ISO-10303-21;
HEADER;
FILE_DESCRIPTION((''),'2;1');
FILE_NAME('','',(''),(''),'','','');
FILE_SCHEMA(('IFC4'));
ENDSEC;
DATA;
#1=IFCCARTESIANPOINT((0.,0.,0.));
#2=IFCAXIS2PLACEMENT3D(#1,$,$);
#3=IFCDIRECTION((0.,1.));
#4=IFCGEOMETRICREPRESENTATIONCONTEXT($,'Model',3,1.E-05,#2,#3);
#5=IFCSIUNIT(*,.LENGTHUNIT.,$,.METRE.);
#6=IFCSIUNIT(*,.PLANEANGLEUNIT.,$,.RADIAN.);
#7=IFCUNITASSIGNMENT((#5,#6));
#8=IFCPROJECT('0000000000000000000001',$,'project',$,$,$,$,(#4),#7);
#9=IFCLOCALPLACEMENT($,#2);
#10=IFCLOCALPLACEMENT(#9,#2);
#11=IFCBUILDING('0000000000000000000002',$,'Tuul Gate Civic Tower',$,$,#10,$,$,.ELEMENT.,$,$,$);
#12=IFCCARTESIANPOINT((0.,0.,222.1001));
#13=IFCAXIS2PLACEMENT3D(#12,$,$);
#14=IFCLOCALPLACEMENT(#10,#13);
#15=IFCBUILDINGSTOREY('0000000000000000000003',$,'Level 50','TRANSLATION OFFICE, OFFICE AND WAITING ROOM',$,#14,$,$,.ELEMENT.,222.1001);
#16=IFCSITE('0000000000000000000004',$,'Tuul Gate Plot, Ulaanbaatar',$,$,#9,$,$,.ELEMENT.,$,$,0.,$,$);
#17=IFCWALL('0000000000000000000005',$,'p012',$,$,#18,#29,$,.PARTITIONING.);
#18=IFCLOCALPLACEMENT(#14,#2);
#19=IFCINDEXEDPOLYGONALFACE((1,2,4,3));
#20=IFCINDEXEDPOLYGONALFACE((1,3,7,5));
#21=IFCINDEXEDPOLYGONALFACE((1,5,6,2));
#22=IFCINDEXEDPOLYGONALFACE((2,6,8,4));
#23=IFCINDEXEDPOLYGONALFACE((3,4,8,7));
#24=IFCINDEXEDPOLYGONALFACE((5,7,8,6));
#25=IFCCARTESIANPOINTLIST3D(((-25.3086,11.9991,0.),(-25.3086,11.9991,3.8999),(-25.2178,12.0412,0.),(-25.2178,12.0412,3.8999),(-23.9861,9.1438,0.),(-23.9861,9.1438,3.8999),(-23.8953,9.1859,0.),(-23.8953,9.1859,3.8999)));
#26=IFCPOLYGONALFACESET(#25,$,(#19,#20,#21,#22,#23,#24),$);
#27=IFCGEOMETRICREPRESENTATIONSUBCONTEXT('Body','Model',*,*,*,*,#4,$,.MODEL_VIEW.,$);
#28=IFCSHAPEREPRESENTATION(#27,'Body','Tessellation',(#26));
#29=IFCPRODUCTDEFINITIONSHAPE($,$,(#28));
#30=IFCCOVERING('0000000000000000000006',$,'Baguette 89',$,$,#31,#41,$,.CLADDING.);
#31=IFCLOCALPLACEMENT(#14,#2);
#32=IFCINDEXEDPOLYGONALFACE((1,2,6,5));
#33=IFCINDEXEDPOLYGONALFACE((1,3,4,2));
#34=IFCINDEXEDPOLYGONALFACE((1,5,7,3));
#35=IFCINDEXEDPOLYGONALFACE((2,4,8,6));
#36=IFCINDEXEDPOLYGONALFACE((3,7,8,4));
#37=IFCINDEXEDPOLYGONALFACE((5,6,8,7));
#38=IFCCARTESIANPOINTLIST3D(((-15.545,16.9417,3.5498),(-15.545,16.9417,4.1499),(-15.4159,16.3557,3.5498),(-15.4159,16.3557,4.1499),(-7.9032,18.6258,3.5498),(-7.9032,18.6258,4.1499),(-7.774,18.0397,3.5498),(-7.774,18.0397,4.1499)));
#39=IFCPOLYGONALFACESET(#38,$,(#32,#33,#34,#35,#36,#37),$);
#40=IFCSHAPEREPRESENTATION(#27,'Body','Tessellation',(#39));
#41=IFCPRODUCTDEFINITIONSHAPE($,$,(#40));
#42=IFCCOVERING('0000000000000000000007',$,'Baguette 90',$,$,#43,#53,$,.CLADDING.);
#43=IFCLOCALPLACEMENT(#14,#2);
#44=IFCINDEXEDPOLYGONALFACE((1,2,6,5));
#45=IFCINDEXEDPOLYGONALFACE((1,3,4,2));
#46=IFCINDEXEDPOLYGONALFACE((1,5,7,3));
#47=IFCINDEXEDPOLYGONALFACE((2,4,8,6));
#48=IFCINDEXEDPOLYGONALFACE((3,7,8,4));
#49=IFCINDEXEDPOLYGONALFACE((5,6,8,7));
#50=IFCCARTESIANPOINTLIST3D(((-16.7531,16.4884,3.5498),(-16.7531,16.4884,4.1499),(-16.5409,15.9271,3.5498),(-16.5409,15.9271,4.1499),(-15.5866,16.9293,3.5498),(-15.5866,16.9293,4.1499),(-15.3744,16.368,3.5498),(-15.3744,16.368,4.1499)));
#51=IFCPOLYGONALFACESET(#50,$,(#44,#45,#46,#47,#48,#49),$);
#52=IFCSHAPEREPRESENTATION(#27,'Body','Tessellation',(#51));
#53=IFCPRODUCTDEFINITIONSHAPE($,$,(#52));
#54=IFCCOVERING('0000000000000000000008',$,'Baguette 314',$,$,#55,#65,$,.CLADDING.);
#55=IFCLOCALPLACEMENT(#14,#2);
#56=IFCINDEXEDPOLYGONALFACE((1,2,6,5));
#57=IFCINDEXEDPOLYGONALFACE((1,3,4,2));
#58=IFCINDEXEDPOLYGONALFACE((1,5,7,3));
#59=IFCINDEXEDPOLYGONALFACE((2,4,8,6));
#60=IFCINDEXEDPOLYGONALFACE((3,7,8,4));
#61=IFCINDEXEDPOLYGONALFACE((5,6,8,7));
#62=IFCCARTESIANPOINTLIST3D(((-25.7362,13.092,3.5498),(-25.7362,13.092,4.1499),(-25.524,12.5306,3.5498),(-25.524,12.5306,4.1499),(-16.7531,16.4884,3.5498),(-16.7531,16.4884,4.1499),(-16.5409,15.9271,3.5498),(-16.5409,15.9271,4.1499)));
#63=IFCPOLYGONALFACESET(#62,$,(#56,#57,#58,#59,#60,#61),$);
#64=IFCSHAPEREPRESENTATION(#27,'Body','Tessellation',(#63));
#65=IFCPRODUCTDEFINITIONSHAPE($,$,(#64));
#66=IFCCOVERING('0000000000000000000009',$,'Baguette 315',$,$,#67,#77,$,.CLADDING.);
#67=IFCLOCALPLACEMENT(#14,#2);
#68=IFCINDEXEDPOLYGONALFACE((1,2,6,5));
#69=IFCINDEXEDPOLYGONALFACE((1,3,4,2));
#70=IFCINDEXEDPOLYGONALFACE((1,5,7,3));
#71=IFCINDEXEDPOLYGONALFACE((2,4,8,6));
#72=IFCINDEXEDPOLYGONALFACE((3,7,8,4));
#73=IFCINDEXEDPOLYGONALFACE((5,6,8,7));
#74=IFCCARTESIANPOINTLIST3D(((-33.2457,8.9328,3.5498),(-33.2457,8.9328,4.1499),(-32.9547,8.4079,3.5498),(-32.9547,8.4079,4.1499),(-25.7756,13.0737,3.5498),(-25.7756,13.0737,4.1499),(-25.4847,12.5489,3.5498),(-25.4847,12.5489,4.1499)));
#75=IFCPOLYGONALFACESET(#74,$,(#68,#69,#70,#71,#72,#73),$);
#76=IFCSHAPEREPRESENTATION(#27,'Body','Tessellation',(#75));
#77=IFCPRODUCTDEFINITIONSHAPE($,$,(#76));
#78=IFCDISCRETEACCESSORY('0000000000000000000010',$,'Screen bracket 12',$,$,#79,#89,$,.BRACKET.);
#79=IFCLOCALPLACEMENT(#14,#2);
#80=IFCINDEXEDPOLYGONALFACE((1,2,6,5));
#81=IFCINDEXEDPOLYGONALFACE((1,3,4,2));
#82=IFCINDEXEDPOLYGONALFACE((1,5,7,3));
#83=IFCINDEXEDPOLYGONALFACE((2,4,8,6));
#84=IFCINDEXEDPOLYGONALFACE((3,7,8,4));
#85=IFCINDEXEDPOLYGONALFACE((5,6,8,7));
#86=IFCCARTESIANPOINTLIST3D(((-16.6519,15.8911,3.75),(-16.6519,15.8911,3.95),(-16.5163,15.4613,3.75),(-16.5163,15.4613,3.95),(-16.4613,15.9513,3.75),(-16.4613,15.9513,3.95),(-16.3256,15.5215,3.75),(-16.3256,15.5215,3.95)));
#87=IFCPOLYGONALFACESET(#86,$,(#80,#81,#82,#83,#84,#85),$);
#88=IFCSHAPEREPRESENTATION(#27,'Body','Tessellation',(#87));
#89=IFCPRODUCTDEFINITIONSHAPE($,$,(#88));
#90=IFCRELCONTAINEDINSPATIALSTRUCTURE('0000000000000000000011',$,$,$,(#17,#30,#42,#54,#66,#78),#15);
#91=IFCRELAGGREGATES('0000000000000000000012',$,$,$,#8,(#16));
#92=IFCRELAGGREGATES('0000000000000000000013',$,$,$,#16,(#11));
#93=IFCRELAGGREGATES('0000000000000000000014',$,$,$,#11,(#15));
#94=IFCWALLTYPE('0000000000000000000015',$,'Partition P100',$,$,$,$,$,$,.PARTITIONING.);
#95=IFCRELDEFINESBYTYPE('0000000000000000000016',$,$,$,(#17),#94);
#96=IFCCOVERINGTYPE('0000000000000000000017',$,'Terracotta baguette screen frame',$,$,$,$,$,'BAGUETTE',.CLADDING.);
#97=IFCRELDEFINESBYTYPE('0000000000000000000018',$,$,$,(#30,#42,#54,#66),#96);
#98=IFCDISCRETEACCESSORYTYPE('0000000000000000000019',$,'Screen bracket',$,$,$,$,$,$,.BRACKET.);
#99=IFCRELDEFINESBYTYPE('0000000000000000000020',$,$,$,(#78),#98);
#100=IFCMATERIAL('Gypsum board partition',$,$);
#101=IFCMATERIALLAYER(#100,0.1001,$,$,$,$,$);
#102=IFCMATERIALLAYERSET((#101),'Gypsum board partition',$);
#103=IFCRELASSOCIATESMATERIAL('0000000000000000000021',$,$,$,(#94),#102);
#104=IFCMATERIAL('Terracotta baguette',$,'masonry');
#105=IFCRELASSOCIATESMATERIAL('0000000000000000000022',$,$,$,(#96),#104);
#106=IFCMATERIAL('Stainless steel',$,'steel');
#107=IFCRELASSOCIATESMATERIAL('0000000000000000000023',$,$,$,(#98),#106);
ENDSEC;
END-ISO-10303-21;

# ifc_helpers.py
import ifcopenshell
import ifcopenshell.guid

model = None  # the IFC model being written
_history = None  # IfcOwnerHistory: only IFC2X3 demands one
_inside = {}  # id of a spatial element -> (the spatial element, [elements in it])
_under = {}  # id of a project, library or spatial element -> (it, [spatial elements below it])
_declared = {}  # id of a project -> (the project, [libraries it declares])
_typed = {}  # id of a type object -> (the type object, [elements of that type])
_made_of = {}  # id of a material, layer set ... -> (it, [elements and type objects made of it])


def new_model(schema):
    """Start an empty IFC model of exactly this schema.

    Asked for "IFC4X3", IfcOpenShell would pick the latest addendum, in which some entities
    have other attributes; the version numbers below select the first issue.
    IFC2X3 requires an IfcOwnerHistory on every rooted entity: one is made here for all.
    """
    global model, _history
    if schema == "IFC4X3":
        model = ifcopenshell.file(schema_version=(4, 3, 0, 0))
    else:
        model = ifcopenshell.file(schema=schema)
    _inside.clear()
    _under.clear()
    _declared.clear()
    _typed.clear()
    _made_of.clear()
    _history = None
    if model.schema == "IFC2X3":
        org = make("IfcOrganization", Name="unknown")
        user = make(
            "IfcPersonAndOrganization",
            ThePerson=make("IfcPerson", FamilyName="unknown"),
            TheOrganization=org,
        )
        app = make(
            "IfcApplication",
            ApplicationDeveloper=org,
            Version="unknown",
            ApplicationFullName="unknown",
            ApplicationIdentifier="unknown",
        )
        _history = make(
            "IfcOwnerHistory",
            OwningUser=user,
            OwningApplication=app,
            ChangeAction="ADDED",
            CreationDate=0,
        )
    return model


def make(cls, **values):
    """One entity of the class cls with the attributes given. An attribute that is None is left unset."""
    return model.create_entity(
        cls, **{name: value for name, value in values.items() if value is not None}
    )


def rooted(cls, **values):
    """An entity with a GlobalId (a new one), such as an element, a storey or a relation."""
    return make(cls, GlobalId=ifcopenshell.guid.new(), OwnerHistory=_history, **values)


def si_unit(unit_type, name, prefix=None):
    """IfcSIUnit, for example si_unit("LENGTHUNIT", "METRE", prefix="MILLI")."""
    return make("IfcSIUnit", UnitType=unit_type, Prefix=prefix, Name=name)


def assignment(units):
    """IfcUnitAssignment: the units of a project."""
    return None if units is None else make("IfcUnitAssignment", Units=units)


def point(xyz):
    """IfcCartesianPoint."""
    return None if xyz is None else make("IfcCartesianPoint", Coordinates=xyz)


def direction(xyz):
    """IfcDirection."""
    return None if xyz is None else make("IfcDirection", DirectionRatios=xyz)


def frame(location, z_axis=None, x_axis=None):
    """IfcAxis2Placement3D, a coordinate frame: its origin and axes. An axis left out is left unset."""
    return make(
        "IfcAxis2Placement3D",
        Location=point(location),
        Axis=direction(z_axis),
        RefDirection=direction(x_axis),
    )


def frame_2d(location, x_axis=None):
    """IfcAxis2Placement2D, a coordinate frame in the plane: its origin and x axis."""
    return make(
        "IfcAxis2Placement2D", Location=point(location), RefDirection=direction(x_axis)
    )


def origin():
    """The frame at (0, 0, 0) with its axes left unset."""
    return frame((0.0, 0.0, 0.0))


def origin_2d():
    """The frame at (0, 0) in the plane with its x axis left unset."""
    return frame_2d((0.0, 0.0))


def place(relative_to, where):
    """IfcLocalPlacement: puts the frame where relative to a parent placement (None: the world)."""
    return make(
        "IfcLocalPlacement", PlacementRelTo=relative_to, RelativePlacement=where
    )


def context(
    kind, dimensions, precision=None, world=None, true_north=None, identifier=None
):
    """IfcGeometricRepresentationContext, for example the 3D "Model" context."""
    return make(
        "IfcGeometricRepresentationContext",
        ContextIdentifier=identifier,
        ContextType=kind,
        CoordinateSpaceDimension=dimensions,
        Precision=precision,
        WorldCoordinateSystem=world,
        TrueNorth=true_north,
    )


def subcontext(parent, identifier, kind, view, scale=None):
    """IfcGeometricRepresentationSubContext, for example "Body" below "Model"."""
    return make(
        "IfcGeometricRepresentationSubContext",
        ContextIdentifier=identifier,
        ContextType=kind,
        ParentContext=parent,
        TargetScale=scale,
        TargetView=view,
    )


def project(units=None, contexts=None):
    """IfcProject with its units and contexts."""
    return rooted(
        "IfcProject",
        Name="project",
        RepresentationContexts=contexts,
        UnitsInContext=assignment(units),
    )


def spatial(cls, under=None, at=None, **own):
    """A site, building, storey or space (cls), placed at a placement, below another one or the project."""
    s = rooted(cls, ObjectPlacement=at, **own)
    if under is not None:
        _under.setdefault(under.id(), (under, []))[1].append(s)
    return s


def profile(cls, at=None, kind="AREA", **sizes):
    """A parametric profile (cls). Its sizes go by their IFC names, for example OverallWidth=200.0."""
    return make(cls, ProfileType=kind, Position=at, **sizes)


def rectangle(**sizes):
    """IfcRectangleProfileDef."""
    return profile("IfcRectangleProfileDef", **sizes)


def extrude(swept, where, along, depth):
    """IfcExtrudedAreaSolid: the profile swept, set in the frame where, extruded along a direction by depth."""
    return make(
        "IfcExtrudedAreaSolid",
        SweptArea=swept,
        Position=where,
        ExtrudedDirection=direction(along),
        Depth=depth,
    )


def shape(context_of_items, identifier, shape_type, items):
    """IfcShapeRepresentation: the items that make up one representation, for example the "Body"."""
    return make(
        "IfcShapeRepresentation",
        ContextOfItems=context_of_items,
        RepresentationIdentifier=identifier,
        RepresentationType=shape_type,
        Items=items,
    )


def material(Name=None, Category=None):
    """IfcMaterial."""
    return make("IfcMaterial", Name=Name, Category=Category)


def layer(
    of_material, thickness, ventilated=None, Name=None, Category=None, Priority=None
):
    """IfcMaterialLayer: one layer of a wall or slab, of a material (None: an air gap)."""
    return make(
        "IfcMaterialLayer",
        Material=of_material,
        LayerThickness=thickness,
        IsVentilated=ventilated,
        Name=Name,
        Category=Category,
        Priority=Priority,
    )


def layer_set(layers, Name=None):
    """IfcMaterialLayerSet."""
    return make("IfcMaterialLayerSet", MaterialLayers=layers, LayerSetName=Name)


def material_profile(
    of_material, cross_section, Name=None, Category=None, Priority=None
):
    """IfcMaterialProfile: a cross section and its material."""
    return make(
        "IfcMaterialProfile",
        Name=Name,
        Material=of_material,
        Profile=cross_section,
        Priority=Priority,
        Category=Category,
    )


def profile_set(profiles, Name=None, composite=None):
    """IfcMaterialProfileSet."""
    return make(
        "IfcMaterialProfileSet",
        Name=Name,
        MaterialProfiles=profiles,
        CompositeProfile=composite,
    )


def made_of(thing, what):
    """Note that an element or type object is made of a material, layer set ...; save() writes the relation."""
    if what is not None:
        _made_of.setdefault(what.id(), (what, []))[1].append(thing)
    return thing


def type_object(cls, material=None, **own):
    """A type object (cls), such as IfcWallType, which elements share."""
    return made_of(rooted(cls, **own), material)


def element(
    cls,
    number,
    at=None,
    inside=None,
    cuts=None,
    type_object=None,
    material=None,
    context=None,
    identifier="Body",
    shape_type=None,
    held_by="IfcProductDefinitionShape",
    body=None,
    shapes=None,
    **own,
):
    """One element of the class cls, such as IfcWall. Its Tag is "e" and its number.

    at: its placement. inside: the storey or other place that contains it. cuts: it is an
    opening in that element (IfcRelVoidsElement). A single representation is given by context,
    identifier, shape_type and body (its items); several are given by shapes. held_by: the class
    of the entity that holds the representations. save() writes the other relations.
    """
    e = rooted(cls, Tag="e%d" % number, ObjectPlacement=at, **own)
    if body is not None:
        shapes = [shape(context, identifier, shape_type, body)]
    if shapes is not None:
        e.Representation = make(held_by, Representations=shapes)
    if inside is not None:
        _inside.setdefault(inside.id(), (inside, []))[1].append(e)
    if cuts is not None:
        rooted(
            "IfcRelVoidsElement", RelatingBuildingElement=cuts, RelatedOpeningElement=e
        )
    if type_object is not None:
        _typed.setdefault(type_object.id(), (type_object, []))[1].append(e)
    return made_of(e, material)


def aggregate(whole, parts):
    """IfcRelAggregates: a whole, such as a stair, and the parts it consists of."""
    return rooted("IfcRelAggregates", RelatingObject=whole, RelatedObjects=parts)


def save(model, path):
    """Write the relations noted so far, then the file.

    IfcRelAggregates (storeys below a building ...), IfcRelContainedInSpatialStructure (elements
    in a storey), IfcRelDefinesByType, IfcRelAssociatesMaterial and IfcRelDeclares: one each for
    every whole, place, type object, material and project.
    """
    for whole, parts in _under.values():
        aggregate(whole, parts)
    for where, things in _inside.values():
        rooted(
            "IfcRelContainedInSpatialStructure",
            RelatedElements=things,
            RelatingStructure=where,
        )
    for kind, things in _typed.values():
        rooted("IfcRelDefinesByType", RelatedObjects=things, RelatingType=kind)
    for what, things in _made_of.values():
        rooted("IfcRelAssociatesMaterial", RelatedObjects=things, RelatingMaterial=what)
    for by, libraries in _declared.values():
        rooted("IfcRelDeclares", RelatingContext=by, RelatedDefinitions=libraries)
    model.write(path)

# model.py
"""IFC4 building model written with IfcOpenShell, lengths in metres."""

from ifc_helpers import new_model, si_unit, direction, frame, frame_2d, origin, origin_2d, place, context, subcontext, project, spatial, rectangle, extrude, material, layer, layer_set, material_profile, profile_set, type_object, element, save


model = new_model("IFC4")

# Units and contexts
model_context = context("Model", 3, precision=1e-05, world=origin(), true_north=direction((0.0, 1.0)))
body_context = subcontext(model_context, "Body", "Model", "MODEL_VIEW")
ifc_project = project(units=[si_unit("LENGTHUNIT", "METRE"), si_unit("PLANEANGLEUNIT", "RADIAN")], contexts=[model_context])

# Site, building, storey
site_placement = place(None, origin())
site = spatial("IfcSite", under=ifc_project, at=site_placement, Name="Tuul Gate Plot, Ulaanbaatar", CompositionType="ELEMENT", RefElevation=0.0)
building_placement = place(site_placement, origin())
building = spatial("IfcBuilding", under=site, at=building_placement, Name="Tuul Gate Civic Tower", CompositionType="ELEMENT")
storey_placement = place(building_placement, frame((0.0, 0.0, 222.1001)))
storey = spatial("IfcBuildingStorey", under=building, at=storey_placement, Name="Level 50", Description="TRANSLATION OFFICE, OFFICE AND WAITING ROOM", CompositionType="ELEMENT", Elevation=222.1001)

# Wall
ifc_material_1 = material(Name="Gypsum board partition")
ifc_layer_1 = layer(ifc_material_1, 0.1001)
ifc_layer_set_1 = layer_set([ifc_layer_1], Name="Gypsum board partition")
wall_type_1 = type_object("IfcWallType", Name="Partition P100", PredefinedType="PARTITIONING", material=ifc_layer_set_1)
wall_1_placement = place(storey_placement, frame((-25.2632, 12.02, 0.0), z_axis=(0.0, 0.0, 1.0), x_axis=(0.420293, -0.907389, 0.0)))
element("IfcWall", 1, at=wall_1_placement, inside=storey, type_object=wall_type_1, Name="p012", PredefinedType="PARTITIONING", context=body_context, shape_type="SweptSolid", body=[
    extrude(rectangle(XDim=3.1467, YDim=0.1001, at=frame_2d((1.5732, 0.0))), origin(), (0.0, 0.0, 1.0), 3.8999),
])

# Coverings
ifc_material_2 = material(Name="Terracotta baguette", Category="masonry")
ifc_material_profile_1 = material_profile(ifc_material_2, rectangle(XDim=0.6001, YDim=0.6001, at=origin_2d()), Name="Terracotta baguette screen frame")
ifc_profile_set_1 = profile_set([ifc_material_profile_1], Name="Terracotta baguette")
covering_type = type_object("IfcCoveringType", Name="Terracotta baguette screen frame", ElementType="BAGUETTE", PredefinedType="CLADDING", material=ifc_profile_set_1)
covering_1_placement = place(storey_placement, frame((-7.8386, 18.3328, 3.8499), z_axis=(-0.976567, -0.215212, 0.0), x_axis=(0.215212, -0.976567, 0.0)))
element("IfcCovering", 2, at=covering_1_placement, inside=storey, type_object=covering_type, Name="Baguette 89", PredefinedType="CLADDING", context=body_context, shape_type="SweptSolid", body=[
    extrude(rectangle(XDim=0.6001, YDim=0.6001, at=origin_2d()), origin(), (0.0, 0.0, 1.0), 7.8252),
])
covering_2_placement = place(storey_placement, frame((-15.4805, 16.6487, 3.8499), z_axis=(-0.935409, -0.353568, 0.0), x_axis=(0.353568, -0.935409, 0.0)))
element("IfcCovering", 3, at=covering_2_placement, inside=storey, type_object=covering_type, Name="Baguette 90", PredefinedType="CLADDING", context=body_context, shape_type="SweptSolid", body=[
    extrude(rectangle(XDim=0.6001, YDim=0.6001, at=origin_2d()), origin(), (0.0, 0.0, 1.0), 1.2471),
])
covering_3_placement = place(storey_placement, frame((-16.647, 16.2078, 3.8499), z_axis=(-0.935374, -0.35366, 0.0), x_axis=(0.35366, -0.935374, 0.0)))
element("IfcCovering", 4, at=covering_3_placement, inside=storey, type_object=covering_type, Name="Baguette 314", PredefinedType="CLADDING", context=body_context, shape_type="SweptSolid", body=[
    extrude(rectangle(XDim=0.6001, YDim=0.6001, at=origin_2d()), origin(), (0.0, 0.0, 1.0), 9.6038),
])
covering_4_placement = place(storey_placement, frame((-25.6301, 12.8113, 3.8499), z_axis=(-0.87461, -0.484827, 0.0), x_axis=(0.484827, -0.87461, 0.0)))
element("IfcCovering", 5, at=covering_4_placement, inside=storey, type_object=covering_type, Name="Baguette 315", PredefinedType="CLADDING", context=body_context, shape_type="SweptSolid", body=[
    extrude(rectangle(XDim=0.6001, YDim=0.6001, at=origin_2d()), origin(), (0.0, 0.0, 1.0), 8.541),
])

# Discrete accessory
ifc_material_3 = material(Name="Stainless steel", Category="steel")
discrete_accessory_type = type_object("IfcDiscreteAccessoryType", Name="Screen bracket", PredefinedType="BRACKET", material=ifc_material_3)
discrete_accessory_placement = place(storey_placement, frame((-16.4888, 15.7063, 3.75), z_axis=(0.0, 0.0, 1.0), x_axis=(-0.301032, 0.953614, 0.0)))
element("IfcDiscreteAccessory", 6, at=discrete_accessory_placement, inside=storey, type_object=discrete_accessory_type, Name="Screen bracket 12", PredefinedType="BRACKET", context=body_context, shape_type="SweptSolid", body=[
    extrude(rectangle(XDim=0.4507, YDim=0.2, at=origin_2d()), origin(), (0.0, 0.0, 1.0), 0.2),
])

save(model, "model.ifc")
